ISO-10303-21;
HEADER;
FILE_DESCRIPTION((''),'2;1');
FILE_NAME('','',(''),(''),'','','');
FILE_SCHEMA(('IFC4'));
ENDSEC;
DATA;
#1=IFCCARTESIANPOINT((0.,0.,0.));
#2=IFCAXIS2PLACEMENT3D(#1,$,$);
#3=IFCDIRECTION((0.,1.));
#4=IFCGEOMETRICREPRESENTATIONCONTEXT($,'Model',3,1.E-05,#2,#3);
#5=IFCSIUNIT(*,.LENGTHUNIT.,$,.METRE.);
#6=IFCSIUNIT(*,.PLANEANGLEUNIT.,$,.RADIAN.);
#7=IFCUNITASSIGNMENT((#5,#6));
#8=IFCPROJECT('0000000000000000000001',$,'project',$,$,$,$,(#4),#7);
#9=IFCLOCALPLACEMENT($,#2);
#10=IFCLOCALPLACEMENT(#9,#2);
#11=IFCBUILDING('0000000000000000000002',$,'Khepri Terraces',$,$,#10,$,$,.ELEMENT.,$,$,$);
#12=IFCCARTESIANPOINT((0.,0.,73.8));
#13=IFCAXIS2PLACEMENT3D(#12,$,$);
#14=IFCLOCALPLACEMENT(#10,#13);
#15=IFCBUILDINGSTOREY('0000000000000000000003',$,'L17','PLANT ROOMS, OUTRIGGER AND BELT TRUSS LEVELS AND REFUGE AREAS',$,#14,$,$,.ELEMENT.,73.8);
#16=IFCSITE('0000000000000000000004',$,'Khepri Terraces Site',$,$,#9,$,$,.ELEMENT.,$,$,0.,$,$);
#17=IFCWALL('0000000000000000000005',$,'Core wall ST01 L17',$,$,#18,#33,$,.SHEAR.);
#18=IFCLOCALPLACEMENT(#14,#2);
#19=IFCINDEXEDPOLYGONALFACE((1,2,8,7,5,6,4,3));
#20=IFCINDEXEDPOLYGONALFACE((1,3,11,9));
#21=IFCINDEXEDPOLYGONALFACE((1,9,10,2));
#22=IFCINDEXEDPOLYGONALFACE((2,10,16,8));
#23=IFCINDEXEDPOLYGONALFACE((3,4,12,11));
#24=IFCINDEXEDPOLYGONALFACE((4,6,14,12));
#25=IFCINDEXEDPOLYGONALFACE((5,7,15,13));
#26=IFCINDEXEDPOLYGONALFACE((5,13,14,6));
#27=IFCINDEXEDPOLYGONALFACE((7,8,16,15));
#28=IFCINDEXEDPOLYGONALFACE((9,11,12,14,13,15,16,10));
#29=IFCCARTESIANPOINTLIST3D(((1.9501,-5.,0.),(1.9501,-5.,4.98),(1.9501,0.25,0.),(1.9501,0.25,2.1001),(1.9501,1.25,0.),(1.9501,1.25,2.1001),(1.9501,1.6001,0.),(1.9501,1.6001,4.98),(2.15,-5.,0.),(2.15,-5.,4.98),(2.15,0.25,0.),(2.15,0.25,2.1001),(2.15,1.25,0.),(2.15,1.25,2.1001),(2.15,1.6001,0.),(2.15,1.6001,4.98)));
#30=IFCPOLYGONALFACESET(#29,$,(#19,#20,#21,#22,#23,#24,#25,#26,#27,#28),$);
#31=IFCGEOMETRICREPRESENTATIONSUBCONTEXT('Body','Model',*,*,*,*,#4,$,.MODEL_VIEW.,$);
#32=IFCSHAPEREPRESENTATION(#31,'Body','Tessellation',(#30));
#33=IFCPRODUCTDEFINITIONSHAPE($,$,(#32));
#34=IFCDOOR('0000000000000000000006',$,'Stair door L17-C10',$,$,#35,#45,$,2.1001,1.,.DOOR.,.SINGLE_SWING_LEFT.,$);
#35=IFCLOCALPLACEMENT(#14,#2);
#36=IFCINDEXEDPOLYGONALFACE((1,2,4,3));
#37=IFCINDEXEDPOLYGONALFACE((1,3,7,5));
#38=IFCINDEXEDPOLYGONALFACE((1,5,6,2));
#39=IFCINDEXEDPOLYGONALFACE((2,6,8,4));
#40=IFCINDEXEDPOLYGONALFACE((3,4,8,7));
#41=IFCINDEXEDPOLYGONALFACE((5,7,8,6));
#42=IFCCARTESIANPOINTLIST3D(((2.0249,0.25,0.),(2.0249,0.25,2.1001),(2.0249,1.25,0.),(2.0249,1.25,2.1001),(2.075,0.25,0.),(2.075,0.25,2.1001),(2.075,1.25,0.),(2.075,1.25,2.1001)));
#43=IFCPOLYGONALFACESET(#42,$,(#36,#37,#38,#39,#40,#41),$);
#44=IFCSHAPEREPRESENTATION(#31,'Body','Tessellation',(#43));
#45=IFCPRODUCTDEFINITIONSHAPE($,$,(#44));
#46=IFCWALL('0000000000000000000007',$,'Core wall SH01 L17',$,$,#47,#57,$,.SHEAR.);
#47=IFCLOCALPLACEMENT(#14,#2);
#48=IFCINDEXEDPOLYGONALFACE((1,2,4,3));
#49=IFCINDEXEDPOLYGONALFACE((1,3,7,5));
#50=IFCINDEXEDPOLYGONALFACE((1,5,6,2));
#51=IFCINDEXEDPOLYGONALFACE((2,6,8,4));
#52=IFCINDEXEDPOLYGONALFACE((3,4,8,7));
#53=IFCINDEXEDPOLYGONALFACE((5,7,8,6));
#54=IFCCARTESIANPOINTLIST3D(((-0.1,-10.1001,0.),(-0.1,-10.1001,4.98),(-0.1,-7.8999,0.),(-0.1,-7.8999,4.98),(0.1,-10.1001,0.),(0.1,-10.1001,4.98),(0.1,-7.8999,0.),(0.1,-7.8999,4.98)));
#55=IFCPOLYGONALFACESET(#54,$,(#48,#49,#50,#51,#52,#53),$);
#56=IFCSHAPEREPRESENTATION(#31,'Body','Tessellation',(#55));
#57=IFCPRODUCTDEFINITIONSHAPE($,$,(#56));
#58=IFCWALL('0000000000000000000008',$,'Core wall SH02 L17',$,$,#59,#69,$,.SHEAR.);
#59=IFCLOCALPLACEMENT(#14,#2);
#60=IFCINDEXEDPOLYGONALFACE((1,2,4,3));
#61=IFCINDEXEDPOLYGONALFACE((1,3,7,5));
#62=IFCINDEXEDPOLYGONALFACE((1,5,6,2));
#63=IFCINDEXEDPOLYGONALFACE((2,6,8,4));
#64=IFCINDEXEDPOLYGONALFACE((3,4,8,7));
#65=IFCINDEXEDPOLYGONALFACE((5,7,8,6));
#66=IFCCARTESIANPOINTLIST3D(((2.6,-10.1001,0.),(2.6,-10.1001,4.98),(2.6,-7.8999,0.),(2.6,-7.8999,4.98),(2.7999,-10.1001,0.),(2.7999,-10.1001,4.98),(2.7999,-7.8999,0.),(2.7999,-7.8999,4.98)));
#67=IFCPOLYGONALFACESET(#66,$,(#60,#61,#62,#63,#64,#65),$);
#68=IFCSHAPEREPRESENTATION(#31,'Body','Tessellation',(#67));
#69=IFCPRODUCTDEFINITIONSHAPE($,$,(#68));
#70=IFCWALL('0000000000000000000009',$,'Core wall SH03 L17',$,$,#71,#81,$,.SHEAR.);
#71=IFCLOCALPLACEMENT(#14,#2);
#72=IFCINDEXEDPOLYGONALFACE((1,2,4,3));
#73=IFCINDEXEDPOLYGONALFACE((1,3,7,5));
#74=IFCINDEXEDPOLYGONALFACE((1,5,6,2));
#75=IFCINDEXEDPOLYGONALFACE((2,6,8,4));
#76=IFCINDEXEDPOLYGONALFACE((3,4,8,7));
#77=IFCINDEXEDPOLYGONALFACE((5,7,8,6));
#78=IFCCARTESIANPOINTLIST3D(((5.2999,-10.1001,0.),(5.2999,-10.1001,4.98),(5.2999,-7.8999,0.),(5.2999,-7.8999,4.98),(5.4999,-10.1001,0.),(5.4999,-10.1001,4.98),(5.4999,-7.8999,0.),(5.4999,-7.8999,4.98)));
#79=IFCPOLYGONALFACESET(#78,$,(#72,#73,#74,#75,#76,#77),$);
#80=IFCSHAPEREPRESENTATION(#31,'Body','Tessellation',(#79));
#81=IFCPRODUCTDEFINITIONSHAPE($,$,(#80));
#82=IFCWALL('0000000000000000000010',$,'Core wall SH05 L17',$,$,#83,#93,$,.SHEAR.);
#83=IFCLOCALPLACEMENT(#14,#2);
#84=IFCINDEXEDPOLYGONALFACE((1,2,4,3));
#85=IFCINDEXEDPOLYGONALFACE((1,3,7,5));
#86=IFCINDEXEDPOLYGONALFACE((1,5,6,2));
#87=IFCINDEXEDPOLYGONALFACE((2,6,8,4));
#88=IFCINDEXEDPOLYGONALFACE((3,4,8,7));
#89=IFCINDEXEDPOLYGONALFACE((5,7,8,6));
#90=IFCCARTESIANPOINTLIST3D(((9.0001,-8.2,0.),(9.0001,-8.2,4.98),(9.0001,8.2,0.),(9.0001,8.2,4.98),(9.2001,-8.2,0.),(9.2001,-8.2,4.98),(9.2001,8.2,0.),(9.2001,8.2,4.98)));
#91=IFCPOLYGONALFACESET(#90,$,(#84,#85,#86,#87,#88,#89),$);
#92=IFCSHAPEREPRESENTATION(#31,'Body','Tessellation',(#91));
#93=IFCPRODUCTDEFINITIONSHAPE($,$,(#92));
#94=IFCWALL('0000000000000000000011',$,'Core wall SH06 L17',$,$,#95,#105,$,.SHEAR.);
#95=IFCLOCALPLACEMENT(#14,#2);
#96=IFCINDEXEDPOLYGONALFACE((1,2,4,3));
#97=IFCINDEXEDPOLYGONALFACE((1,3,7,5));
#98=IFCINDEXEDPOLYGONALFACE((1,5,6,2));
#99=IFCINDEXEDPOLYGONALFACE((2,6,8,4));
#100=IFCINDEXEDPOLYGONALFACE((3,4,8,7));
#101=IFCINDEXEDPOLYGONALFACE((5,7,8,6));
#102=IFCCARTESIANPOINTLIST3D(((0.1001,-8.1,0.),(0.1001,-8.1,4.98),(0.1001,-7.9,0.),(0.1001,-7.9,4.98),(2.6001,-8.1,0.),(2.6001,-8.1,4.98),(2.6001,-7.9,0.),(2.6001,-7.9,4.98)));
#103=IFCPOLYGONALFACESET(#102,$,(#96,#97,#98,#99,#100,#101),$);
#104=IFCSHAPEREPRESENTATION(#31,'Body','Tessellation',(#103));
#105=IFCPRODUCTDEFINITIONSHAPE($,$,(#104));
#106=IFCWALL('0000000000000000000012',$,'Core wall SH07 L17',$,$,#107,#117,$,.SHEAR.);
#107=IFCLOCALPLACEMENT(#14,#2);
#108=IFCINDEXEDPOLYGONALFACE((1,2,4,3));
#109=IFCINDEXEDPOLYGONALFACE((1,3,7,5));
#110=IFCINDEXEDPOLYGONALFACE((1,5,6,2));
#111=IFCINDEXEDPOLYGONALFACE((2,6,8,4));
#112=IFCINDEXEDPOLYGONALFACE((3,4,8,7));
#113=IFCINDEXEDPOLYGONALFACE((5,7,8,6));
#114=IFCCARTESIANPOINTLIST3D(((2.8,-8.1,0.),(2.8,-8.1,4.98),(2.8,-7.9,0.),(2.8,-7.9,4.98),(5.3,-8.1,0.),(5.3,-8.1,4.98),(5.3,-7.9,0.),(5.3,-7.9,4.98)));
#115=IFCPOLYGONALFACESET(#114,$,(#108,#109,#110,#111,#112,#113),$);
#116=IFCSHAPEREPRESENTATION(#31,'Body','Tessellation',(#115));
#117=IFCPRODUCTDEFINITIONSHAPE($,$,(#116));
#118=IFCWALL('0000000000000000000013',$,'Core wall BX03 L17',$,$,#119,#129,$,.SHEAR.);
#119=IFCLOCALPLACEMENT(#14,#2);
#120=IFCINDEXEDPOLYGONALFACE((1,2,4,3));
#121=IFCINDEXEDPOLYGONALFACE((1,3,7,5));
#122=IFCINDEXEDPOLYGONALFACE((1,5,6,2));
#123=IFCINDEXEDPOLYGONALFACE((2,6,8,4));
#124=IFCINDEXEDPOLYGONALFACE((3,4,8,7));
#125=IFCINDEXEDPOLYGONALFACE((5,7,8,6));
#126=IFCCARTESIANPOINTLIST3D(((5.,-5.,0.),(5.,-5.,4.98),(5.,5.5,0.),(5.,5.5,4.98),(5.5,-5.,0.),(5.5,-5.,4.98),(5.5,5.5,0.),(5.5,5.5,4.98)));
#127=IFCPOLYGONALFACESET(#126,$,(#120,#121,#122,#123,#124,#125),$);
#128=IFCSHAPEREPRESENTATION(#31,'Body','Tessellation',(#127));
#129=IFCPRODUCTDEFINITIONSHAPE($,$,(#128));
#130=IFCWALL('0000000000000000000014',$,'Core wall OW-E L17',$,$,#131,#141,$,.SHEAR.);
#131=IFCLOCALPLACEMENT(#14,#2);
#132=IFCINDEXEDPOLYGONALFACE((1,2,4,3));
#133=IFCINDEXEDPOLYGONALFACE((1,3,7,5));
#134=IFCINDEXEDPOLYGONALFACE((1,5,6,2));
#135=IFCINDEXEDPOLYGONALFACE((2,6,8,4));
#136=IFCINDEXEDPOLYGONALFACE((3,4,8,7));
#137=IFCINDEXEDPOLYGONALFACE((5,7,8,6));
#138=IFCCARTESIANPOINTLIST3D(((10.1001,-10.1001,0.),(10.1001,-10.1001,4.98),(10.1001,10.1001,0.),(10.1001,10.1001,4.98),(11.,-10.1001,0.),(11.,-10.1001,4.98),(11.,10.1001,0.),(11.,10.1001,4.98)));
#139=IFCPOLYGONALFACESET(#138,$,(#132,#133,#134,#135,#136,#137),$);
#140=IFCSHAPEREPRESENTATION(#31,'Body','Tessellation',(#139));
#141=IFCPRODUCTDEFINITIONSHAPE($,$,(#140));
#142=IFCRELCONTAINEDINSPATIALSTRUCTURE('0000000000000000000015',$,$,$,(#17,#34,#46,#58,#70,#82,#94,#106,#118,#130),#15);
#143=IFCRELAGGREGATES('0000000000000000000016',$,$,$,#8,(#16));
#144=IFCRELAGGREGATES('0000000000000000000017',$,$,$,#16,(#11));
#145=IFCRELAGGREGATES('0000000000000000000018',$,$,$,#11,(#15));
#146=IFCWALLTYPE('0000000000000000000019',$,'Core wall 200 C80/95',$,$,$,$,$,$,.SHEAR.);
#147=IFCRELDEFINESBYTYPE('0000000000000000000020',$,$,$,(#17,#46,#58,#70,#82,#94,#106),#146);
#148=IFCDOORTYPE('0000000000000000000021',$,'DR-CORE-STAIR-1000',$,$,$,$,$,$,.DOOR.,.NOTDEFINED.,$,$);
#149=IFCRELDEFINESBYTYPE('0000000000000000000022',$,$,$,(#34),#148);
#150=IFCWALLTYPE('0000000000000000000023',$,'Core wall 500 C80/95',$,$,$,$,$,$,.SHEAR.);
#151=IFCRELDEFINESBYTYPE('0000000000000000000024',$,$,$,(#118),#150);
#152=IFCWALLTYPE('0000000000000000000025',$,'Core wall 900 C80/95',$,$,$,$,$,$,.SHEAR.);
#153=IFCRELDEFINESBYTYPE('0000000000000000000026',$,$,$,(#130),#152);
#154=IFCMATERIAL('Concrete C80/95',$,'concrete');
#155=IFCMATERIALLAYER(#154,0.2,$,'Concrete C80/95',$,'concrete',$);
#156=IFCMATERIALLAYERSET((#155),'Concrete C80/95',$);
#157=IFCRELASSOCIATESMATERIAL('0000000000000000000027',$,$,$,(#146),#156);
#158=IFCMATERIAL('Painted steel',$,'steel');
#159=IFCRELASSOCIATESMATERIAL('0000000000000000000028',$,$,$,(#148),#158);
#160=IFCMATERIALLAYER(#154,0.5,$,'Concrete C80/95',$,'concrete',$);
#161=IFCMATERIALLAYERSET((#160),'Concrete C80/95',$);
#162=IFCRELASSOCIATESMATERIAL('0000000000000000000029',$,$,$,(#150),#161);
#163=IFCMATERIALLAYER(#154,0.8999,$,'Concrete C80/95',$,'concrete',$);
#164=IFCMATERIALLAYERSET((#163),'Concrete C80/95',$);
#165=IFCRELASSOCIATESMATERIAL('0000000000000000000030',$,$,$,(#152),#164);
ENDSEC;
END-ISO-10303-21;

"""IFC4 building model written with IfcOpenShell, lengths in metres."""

from ifc_helpers import new_model, si_unit, direction, frame, frame_2d, origin, place, context, subcontext, project, spatial, rectangle, extrude, material, layer, layer_set, type_object, element, fill, save


model = new_model("IFC4")

# Units and contexts
model_context = context("Model", 3, precision=1e-05, world=origin(), true_north=direction((0.0, 1.0)))
body_context = subcontext(model_context, "Body", "Model", "MODEL_VIEW")
ifc_project = project(units=[si_unit("LENGTHUNIT", "METRE"), si_unit("PLANEANGLEUNIT", "RADIAN")], contexts=[model_context])

# Site, building, storey
site_placement = place(None, origin())
site = spatial("IfcSite", under=ifc_project, at=site_placement, Name="Khepri Terraces Site", CompositionType="ELEMENT", RefElevation=0.0)
building_placement = place(site_placement, origin())
building = spatial("IfcBuilding", under=site, at=building_placement, Name="Khepri Terraces", CompositionType="ELEMENT")
storey_placement = place(building_placement, frame((0.0, 0.0, 73.8)))
storey = spatial("IfcBuildingStorey", under=building, at=storey_placement, Name="L17", Description="PLANT ROOMS, OUTRIGGER AND BELT TRUSS LEVELS AND REFUGE AREAS", CompositionType="ELEMENT", Elevation=73.8)

# Shared definitions
ifc_material_1 = material(Name="Concrete C80/95", Category="concrete")

# Wall, opening, door
ifc_layer_1 = layer(ifc_material_1, 0.2, Name="Concrete C80/95", Category="concrete")
ifc_layer_set_1 = layer_set([ifc_layer_1], Name="Concrete C80/95")
wall_type_1 = type_object("IfcWallType", Name="Core wall 200 C80/95", PredefinedType="SHEAR", material=ifc_layer_set_1)
wall_1_placement = place(storey_placement, frame((2.05, -5.0, 0.0), z_axis=(0.0, 0.0, 1.0), x_axis=(0.0, 1.0, 0.0)))
wall_1 = element("IfcWall", 1, at=wall_1_placement, inside=storey, type_object=wall_type_1, Name="Core wall ST01 L17", PredefinedType="SHEAR", context=body_context, shape_type="SweptSolid", body=[
    extrude(rectangle(XDim=6.6001, YDim=0.2, at=frame_2d((3.3, 0.0))), origin(), (0.0, 0.0, 1.0), 4.98),
])
opening_1_placement = place(wall_1_placement, frame((5.25, 0.0, 0.0)))
opening_1 = element("IfcOpeningElement", 2, at=opening_1_placement, cuts=wall_1, PredefinedType="OPENING", context=body_context, shape_type="SweptSolid", body=[
    extrude(rectangle(XDim=1.0, YDim=2.1001, at=frame_2d((0.5, 1.05))), frame((0.0, 0.1099, 0.0), z_axis=(0.0, -1.0, 0.0), x_axis=(1.0, 0.0, 0.0)), (0.0, 0.0, 1.0), 0.22),
])
ifc_material_2 = material(Name="Painted steel", Category="steel")
door_type_1 = type_object("IfcDoorType", Name="DR-CORE-STAIR-1000", OperationType="NOTDEFINED", PredefinedType="DOOR", material=ifc_material_2)
door_1_placement = place(opening_1_placement, frame((1.0, 0.0, 0.0), z_axis=(0.0, 0.0, 1.0), x_axis=(-1.0, 0.0, 0.0)))
door_1 = element("IfcDoor", 3, at=door_1_placement, inside=storey, type_object=door_type_1, Name="Stair door L17-C10", OperationType="SINGLE_SWING_LEFT", OverallHeight=2.1001, OverallWidth=1.0, PredefinedType="DOOR", context=body_context, shape_type="SweptSolid", body=[
    extrude(rectangle(XDim=1.0, YDim=2.1001, at=frame_2d((0.5, 1.05))), frame((0.0, 0.0249, 0.0), z_axis=(0.0, -1.0, 0.0), x_axis=(1.0, 0.0, 0.0)), (0.0, 0.0, 1.0), 0.05),
])
fill(opening_1, door_1)

# Walls
for number, where, z_axis, x_axis, name in (
    (4, (0.0, -10.1001, 0.0), (0.0, 0.0, 1.0), (0.0, 1.0, 0.0), "Core wall SH01 L17"),
    (5, (2.7, -10.1001, 0.0), (0.0, 0.0, 1.0), (0.0, 1.0, 0.0), "Core wall SH02 L17"),
    (6, (5.3999, -10.1001, 0.0), (0.0, 0.0, 1.0), (0.0, 1.0, 0.0), "Core wall SH03 L17"),
):
    element("IfcWall", number, at=place(storey_placement, frame(where, z_axis=z_axis, x_axis=x_axis)), inside=storey, type_object=wall_type_1, Name=name, PredefinedType="SHEAR", context=body_context, shape_type="SweptSolid", body=[
        extrude(rectangle(XDim=2.2002, YDim=0.2, at=frame_2d((1.1001, 0.0))), origin(), (0.0, 0.0, 1.0), 4.98),
    ])
wall_2_placement = place(storey_placement, frame((9.1001, -8.2, 0.0), z_axis=(0.0, 0.0, 1.0), x_axis=(0.0, 1.0, 0.0)))
element("IfcWall", 7, at=wall_2_placement, inside=storey, type_object=wall_type_1, Name="Core wall SH05 L17", PredefinedType="SHEAR", context=body_context, shape_type="SweptSolid", body=[
    extrude(rectangle(XDim=16.3999, YDim=0.2, at=frame_2d((8.2, 0.0))), origin(), (0.0, 0.0, 1.0), 4.98),
])
for number, where, z_axis, x_axis, name in (
    (8, (0.1001, -8.0, 0.0), (0.0, 0.0, 1.0), (1.0, 0.0, 0.0), "Core wall SH06 L17"),
    (9, (2.8, -8.0, 0.0), (0.0, 0.0, 1.0), (1.0, 0.0, 0.0), "Core wall SH07 L17"),
):
    element("IfcWall", number, at=place(storey_placement, frame(where, z_axis=z_axis, x_axis=x_axis)), inside=storey, type_object=wall_type_1, Name=name, PredefinedType="SHEAR", context=body_context, shape_type="SweptSolid", body=[
        extrude(rectangle(XDim=2.5, YDim=0.2, at=frame_2d((1.25, 0.0))), origin(), (0.0, 0.0, 1.0), 4.98),
    ])
ifc_layer_2 = layer(ifc_material_1, 0.5, Name="Concrete C80/95", Category="concrete")
ifc_layer_set_2 = layer_set([ifc_layer_2], Name="Concrete C80/95")
wall_type_2 = type_object("IfcWallType", Name="Core wall 500 C80/95", PredefinedType="SHEAR", material=ifc_layer_set_2)
wall_3_placement = place(storey_placement, frame((5.25, -5.0, 0.0), z_axis=(0.0, 0.0, 1.0), x_axis=(0.0, 1.0, 0.0)))
element("IfcWall", 10, at=wall_3_placement, inside=storey, type_object=wall_type_2, Name="Core wall BX03 L17", PredefinedType="SHEAR", context=body_context, shape_type="SweptSolid", body=[
    extrude(rectangle(XDim=10.5, YDim=0.5, at=frame_2d((5.25, 0.0))), origin(), (0.0, 0.0, 1.0), 4.98),
])
ifc_layer_3 = layer(ifc_material_1, 0.8999, Name="Concrete C80/95", Category="concrete")
ifc_layer_set_3 = layer_set([ifc_layer_3], Name="Concrete C80/95")
wall_type_3 = type_object("IfcWallType", Name="Core wall 900 C80/95", PredefinedType="SHEAR", material=ifc_layer_set_3)
wall_4_placement = place(storey_placement, frame((10.55, -10.1001, 0.0), z_axis=(0.0, 0.0, 1.0), x_axis=(0.0, 1.0, 0.0)))
element("IfcWall", 11, at=wall_4_placement, inside=storey, type_object=wall_type_3, Name="Core wall OW-E L17", PredefinedType="SHEAR", context=body_context, shape_type="SweptSolid", body=[
    extrude(rectangle(XDim=20.2002, YDim=0.8999, at=frame_2d((10.1001, 0.0))), origin(), (0.0, 0.0, 1.0), 4.98),
])

save(model, "model.ifc")
